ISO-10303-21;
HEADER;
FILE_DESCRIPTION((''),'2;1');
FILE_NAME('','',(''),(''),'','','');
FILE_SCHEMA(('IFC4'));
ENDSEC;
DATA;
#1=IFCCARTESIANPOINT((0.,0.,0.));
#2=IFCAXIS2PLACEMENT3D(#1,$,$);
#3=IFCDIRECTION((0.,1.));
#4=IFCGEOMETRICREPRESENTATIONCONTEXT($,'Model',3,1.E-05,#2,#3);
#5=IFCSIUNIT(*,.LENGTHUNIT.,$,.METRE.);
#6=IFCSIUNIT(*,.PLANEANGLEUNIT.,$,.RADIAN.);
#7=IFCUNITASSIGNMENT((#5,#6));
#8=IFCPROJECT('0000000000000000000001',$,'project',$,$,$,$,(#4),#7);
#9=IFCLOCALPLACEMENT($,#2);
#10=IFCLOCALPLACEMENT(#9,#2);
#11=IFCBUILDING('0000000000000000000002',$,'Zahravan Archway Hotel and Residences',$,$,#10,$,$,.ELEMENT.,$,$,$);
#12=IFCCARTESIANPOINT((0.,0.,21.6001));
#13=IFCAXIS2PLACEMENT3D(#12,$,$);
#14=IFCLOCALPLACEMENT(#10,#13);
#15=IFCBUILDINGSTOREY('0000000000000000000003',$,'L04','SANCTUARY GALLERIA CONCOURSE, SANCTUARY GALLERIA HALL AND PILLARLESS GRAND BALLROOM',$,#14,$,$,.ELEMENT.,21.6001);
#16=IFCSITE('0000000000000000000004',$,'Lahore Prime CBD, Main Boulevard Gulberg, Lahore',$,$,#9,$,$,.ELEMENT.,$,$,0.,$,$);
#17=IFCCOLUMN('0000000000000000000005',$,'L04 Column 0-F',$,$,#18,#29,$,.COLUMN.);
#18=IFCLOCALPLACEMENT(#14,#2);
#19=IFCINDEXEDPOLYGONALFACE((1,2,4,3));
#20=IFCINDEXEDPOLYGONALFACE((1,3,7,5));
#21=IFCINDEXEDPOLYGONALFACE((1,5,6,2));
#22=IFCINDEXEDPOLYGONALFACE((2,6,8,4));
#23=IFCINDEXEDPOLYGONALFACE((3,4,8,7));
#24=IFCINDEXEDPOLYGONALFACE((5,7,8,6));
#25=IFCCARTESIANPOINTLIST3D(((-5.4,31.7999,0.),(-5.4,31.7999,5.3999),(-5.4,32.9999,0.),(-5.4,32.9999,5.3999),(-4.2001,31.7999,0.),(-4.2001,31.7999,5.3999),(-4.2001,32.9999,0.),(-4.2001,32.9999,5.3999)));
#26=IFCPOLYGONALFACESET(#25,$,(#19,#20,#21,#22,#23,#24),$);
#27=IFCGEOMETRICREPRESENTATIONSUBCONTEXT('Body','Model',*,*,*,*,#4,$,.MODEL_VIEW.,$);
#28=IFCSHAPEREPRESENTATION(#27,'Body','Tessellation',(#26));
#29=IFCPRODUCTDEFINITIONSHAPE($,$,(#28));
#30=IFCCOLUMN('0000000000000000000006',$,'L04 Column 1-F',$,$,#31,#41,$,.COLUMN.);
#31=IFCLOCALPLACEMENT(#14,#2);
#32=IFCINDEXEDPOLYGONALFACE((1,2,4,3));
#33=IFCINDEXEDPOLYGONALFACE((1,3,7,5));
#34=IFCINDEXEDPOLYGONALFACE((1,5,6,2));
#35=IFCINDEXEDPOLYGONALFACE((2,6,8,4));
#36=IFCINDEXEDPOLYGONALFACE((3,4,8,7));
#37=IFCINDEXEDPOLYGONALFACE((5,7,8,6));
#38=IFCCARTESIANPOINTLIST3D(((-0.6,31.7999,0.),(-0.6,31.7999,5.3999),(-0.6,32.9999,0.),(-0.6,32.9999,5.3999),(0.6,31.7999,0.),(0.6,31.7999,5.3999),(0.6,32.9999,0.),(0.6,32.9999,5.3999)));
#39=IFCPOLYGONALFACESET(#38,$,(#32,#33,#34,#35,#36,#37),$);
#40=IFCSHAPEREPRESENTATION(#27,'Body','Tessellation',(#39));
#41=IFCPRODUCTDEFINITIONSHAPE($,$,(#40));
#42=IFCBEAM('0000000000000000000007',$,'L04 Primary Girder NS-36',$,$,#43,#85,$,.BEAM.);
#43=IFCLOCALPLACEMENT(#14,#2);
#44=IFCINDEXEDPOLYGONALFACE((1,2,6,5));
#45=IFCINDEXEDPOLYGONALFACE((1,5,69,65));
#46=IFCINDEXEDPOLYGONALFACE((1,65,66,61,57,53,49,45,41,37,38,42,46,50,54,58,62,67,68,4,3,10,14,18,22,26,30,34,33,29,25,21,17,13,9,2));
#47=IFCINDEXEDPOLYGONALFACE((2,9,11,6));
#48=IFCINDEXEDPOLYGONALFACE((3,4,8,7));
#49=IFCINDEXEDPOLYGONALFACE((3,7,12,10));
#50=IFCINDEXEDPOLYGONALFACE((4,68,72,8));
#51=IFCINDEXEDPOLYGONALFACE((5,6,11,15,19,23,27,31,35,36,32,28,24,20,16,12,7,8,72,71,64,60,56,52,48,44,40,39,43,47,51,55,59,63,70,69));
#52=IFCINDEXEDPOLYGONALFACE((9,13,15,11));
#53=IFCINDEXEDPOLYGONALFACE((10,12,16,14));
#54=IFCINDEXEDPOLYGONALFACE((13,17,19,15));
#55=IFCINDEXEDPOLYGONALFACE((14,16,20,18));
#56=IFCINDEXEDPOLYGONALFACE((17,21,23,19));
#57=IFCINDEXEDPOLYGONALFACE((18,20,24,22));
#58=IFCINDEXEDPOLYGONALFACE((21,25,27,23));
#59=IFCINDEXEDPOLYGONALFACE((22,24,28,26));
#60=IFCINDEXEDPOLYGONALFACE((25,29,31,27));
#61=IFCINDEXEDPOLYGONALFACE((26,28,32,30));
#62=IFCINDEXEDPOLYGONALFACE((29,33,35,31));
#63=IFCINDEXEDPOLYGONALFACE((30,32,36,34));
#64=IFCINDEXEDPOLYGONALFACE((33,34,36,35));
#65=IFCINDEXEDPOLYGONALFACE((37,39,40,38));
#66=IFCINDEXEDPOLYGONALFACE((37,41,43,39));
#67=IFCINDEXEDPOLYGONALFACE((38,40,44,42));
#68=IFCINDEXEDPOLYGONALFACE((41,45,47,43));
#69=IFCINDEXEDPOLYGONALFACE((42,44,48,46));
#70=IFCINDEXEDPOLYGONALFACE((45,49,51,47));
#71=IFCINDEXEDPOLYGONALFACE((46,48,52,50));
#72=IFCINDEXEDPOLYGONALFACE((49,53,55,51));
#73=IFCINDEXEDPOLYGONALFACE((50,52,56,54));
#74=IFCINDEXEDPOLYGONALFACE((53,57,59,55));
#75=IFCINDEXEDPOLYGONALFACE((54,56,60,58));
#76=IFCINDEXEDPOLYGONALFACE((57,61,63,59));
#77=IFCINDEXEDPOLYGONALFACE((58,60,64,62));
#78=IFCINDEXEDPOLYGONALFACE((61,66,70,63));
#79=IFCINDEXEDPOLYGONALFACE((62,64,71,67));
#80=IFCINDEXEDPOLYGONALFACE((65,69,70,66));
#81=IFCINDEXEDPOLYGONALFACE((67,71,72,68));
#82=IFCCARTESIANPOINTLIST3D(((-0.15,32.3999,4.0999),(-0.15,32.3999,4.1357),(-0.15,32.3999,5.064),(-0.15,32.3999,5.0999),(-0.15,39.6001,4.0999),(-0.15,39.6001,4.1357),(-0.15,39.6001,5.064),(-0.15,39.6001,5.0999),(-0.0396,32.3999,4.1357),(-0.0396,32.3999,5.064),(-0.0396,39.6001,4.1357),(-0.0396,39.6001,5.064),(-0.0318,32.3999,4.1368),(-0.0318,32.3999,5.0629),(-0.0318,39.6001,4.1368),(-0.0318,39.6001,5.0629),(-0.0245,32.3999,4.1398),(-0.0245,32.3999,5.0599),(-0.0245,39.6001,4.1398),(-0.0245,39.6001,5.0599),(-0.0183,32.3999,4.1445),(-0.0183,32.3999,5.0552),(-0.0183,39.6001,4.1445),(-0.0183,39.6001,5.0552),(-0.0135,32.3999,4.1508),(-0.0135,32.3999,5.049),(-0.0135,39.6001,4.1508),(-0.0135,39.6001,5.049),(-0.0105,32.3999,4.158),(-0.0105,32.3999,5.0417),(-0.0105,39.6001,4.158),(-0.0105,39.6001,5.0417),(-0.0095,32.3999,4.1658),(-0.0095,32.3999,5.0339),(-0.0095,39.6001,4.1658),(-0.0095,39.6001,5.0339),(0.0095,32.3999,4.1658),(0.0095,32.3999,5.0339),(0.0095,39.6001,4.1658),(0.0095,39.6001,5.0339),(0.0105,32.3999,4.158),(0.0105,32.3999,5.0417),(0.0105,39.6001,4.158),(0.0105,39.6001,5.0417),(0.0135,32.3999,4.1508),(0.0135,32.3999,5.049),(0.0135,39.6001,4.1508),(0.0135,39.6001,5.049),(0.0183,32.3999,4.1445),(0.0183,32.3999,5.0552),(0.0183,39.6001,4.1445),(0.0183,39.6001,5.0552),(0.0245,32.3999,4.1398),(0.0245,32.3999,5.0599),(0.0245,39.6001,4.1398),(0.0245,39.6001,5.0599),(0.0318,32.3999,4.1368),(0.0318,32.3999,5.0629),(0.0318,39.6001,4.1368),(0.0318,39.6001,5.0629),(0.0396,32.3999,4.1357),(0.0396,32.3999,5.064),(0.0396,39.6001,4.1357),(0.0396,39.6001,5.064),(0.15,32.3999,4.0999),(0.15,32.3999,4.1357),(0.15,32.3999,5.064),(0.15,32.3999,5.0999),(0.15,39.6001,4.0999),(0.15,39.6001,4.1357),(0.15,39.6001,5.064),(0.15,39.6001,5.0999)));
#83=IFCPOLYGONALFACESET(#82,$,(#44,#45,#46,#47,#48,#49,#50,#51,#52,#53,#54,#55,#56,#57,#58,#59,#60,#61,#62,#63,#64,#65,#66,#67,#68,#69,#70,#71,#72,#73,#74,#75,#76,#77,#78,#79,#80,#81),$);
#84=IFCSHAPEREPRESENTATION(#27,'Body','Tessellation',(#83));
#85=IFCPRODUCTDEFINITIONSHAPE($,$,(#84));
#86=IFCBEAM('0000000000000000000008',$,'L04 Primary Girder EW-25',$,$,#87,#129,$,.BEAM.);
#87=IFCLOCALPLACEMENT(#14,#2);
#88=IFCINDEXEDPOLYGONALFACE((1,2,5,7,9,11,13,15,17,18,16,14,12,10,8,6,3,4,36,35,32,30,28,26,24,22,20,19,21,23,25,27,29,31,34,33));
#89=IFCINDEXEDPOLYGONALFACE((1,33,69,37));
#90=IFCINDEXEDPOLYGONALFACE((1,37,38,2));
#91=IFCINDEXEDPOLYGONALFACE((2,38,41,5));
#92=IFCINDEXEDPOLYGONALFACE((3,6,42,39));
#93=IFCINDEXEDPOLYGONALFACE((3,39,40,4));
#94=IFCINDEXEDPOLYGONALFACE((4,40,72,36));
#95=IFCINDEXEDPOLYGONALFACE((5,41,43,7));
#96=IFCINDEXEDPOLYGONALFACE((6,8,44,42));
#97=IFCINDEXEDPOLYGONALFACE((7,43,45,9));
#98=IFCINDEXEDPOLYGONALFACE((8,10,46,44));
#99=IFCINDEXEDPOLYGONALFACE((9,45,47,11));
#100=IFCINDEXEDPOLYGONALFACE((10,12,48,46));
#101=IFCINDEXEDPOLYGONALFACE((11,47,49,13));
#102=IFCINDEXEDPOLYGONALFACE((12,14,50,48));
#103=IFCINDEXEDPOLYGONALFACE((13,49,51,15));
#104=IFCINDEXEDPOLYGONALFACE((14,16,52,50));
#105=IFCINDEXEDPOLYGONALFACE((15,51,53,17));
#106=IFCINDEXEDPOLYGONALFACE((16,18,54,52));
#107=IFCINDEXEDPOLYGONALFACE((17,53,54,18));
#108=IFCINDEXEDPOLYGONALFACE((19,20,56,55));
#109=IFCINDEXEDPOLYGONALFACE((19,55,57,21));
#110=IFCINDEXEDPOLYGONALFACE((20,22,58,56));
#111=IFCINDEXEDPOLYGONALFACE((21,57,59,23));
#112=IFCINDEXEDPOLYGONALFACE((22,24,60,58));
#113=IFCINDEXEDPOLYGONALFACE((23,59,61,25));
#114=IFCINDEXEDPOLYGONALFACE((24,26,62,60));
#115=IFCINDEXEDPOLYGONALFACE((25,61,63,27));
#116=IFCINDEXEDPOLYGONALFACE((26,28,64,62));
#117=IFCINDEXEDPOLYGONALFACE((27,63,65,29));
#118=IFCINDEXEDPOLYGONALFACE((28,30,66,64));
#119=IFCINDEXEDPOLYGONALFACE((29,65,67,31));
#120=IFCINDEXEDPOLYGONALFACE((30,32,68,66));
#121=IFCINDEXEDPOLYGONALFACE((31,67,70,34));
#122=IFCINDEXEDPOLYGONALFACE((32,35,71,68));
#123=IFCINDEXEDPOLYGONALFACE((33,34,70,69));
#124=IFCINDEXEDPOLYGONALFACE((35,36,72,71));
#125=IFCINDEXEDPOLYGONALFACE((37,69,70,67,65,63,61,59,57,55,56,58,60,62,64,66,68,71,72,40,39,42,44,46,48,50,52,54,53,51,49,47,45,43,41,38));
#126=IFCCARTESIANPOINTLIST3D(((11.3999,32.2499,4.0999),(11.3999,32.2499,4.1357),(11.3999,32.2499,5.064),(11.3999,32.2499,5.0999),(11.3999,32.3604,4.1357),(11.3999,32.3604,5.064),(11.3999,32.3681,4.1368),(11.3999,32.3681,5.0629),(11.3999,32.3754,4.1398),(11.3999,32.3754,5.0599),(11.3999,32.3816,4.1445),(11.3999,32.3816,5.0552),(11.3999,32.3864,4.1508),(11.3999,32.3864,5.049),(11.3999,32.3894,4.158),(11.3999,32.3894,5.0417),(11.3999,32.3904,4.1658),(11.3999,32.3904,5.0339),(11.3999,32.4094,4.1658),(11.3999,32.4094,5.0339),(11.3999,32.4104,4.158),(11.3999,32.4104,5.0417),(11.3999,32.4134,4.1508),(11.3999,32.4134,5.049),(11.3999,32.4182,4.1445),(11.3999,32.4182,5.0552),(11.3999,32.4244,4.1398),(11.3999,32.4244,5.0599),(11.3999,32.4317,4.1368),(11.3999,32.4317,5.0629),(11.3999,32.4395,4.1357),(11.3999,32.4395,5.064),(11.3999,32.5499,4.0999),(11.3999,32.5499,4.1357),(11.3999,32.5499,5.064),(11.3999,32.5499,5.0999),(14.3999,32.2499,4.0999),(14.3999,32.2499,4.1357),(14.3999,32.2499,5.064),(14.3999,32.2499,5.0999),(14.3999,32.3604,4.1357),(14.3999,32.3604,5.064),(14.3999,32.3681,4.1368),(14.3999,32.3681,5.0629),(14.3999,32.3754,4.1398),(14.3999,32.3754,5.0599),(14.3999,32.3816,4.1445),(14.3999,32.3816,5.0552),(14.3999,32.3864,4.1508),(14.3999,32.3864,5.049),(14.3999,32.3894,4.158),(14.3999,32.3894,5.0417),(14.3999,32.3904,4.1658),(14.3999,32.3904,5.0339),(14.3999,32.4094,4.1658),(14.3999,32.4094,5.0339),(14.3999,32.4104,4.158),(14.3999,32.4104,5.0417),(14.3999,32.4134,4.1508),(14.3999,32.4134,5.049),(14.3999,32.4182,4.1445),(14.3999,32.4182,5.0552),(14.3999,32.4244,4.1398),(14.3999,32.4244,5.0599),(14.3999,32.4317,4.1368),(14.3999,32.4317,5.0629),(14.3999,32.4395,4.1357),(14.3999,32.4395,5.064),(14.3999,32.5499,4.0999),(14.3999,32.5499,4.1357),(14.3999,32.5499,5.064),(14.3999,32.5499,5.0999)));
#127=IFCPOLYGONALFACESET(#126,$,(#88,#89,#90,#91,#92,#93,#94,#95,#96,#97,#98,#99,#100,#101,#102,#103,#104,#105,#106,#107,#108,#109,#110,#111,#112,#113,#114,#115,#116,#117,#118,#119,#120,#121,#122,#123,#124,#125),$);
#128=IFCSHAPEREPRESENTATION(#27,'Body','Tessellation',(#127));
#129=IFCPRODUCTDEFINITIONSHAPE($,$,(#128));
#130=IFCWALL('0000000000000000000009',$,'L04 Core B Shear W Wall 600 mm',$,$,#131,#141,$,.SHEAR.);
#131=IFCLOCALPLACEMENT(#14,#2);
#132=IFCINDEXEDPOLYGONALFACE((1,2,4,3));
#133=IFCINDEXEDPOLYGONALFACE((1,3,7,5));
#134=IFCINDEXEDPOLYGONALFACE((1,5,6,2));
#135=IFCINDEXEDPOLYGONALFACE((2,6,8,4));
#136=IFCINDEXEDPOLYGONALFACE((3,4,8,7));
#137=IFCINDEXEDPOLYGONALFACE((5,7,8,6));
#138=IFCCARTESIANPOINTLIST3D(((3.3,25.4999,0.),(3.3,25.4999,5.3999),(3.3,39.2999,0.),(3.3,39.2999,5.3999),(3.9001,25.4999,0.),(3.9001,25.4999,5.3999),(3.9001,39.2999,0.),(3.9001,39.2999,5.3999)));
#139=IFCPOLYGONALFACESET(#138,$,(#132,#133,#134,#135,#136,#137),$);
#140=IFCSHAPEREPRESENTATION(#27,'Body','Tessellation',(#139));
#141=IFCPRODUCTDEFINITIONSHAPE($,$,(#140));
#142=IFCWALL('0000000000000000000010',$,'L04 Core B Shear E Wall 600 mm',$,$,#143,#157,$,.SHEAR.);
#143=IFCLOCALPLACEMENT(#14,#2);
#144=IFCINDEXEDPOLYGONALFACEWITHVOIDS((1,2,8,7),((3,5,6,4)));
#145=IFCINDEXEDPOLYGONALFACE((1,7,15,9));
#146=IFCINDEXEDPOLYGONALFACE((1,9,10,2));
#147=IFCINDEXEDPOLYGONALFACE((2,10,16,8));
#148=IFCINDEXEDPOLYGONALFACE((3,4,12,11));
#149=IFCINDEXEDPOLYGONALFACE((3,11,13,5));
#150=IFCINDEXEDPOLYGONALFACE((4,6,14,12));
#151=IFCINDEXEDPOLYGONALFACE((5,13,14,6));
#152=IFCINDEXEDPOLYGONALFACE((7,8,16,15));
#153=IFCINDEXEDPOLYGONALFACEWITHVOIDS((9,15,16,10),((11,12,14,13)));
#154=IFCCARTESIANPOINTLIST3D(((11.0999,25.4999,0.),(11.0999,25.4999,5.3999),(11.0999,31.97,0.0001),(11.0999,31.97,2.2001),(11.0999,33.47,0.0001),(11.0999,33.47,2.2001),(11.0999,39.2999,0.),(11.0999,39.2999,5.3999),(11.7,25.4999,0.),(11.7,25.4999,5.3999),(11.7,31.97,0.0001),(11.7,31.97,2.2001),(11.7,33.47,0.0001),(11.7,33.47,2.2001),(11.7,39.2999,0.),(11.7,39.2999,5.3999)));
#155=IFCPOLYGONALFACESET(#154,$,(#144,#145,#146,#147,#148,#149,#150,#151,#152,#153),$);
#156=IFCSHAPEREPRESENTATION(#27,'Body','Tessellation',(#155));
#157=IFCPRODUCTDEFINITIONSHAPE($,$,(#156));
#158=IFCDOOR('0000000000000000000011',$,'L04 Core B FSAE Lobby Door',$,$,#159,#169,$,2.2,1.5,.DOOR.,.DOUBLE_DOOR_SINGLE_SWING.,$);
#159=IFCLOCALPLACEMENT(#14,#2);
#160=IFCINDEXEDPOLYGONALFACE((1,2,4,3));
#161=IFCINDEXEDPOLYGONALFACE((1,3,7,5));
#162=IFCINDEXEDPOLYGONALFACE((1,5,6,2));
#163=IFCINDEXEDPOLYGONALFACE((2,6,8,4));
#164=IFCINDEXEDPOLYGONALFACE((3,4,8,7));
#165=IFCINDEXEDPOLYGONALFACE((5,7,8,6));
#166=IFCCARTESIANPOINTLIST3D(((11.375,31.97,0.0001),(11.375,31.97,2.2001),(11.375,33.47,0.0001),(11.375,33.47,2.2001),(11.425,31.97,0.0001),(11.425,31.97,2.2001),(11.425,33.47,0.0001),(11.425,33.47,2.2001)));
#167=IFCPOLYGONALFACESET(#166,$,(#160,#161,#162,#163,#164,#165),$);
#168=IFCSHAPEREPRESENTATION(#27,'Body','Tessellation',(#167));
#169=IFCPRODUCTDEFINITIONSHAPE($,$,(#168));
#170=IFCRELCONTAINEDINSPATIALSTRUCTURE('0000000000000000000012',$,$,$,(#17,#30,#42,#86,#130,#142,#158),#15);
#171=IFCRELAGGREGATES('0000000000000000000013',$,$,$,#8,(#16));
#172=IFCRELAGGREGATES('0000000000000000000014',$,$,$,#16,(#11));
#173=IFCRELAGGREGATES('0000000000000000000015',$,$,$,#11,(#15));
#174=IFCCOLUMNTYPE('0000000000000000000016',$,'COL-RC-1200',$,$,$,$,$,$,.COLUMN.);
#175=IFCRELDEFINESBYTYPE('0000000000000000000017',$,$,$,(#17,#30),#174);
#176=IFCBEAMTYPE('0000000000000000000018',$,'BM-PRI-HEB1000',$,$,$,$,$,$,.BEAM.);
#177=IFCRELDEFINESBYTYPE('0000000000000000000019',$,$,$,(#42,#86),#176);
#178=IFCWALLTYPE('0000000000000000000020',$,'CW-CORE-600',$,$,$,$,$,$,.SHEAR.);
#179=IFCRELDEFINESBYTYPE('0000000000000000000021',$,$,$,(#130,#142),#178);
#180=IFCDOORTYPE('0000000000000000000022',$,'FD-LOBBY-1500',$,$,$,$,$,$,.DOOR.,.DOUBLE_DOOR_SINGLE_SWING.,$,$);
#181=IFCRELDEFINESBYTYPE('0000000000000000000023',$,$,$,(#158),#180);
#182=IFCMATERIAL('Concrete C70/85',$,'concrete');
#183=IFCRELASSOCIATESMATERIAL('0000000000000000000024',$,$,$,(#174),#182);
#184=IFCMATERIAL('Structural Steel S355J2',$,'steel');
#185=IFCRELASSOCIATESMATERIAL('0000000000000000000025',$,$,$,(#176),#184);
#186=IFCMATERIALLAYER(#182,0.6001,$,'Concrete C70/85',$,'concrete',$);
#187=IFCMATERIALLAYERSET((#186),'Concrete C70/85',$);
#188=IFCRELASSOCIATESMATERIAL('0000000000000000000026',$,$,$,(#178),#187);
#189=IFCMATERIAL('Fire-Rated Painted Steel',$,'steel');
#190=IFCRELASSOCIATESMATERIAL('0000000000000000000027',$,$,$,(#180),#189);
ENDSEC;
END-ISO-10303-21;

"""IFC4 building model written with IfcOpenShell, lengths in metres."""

from ifc_helpers import new_model, si_unit, direction, frame, frame_2d, origin, origin_2d, place, context, subcontext, project, spatial, rectangle, i_section, extrude, source, transform, mapped, material, layer, layer_set, material_profile, profile_set, type_object, type_shapes, element, fill, save


model = new_model("IFC4")

# Units and contexts
model_context = context("Model", 3, precision=1e-05, world=origin(), true_north=direction((0.0, 1.0)))
body_context = subcontext(model_context, "Body", "Model", "MODEL_VIEW")
ifc_project = project(units=[si_unit("LENGTHUNIT", "METRE"), si_unit("PLANEANGLEUNIT", "RADIAN")], contexts=[model_context])

# Site, building, storey
site_placement = place(None, origin())
site = spatial("IfcSite", under=ifc_project, at=site_placement, Name="Lahore Prime CBD, Main Boulevard Gulberg, Lahore", CompositionType="ELEMENT", RefElevation=0.0)
building_placement = place(site_placement, origin())
building = spatial("IfcBuilding", under=site, at=building_placement, Name="Zahravan Archway Hotel and Residences", CompositionType="ELEMENT")
storey_placement = place(building_placement, frame((0.0, 0.0, 21.6001)))
storey = spatial("IfcBuildingStorey", under=building, at=storey_placement, Name="L04", Description="SANCTUARY GALLERIA CONCOURSE, SANCTUARY GALLERIA HALL AND PILLARLESS GRAND BALLROOM", CompositionType="ELEMENT", Elevation=21.6001)

# Columns
ifc_material_1 = material(Name="Concrete C70/85", Category="concrete")
ifc_material_profile_1 = material_profile(ifc_material_1, rectangle(XDim=1.2, YDim=1.2, at=origin_2d()), Name="RC-COL-1200x1200", Category="concrete")
ifc_profile_set_1 = profile_set([ifc_material_profile_1], Name="Concrete C70/85")
column_type = type_object("IfcColumnType", Name="COL-RC-1200", PredefinedType="COLUMN", material=ifc_profile_set_1)
shared_shape_1 = source(origin(), body_context, "Body", "SweptSolid", [
    extrude(rectangle(XDim=1.2, YDim=1.2, at=origin_2d()), origin(), (0.0, 0.0, 1.0), 5.3999),
])
for number, where, z_axis, x_axis, name in (
    (1, (-4.8, 32.3999, 0.0), (0.0, 0.0, 1.0), (1.0, 0.0, 0.0), "L04 Column 0-F"),
    (2, (0.0, 32.3999, 0.0), (0.0, 0.0, 1.0), (1.0, 0.0, 0.0), "L04 Column 1-F"),
):
    element("IfcColumn", number, at=place(storey_placement, frame(where, z_axis=z_axis, x_axis=x_axis)), inside=storey, type_object=column_type, Name=name, PredefinedType="COLUMN", context=body_context, shape_type="MappedRepresentation", body=[
        mapped(shared_shape_1, transform((0.0, 0.0, 0.0), scale=1.0)),
    ])

# Beams
ifc_material_2 = material(Name="Structural Steel S355J2", Category="steel")
ifc_material_profile_2 = material_profile(ifc_material_2, i_section(OverallWidth=0.3, OverallDepth=1.0, WebThickness=0.019, FlangeThickness=0.0359, FilletRadius=0.03, at=origin_2d()), Name="HEB 1000", Category="steel")
ifc_profile_set_2 = profile_set([ifc_material_profile_2], Name="Structural Steel S355J2")
beam_type = type_object("IfcBeamType", Name="BM-PRI-HEB1000", PredefinedType="BEAM", material=ifc_profile_set_2)
shared_shape_2 = source(origin(), body_context, "Body", "SweptSolid", [
    extrude(i_section(OverallWidth=0.3, OverallDepth=1.0, WebThickness=0.019, FlangeThickness=0.0359, FilletRadius=0.03, at=origin_2d()), origin(), (0.0, 0.0, 1.0), 7.2002),
])
beam_1_placement = place(storey_placement, frame((0.0, 32.3999, 4.5999), z_axis=(0.0, 1.0, 0.0), x_axis=(-1.0, 0.0, 0.0)))
element("IfcBeam", 3, at=beam_1_placement, inside=storey, type_object=beam_type, Name="L04 Primary Girder NS-36", PredefinedType="BEAM", context=body_context, shape_type="MappedRepresentation", body=[
    mapped(shared_shape_2, transform((0.0, 0.0, 0.0), scale=1.0)),
])
shared_shape_3 = source(origin(), body_context, "Body", "SweptSolid", [
    extrude(i_section(OverallWidth=0.3, OverallDepth=1.0, WebThickness=0.019, FlangeThickness=0.0359, FilletRadius=0.03, at=origin_2d()), origin(), (0.0, 0.0, 1.0), 3.0),
])
beam_2_placement = place(storey_placement, frame((11.3999, 32.3999, 4.5999), z_axis=(1.0, 0.0, 0.0), x_axis=(0.0, 1.0, 0.0)))
element("IfcBeam", 4, at=beam_2_placement, inside=storey, type_object=beam_type, Name="L04 Primary Girder EW-25", PredefinedType="BEAM", context=body_context, shape_type="MappedRepresentation", body=[
    mapped(shared_shape_3, transform((0.0, 0.0, 0.0), scale=1.0)),
])

# Wall
ifc_layer_1 = layer(ifc_material_1, 0.6001, Name="Concrete C70/85", Category="concrete")
ifc_layer_set_1 = layer_set([ifc_layer_1], Name="Concrete C70/85")
wall_type_1 = type_object("IfcWallType", Name="CW-CORE-600", PredefinedType="SHEAR", material=ifc_layer_set_1)
wall_1_placement = place(storey_placement, frame((3.6001, 25.5, 0.0), z_axis=(0.0, 0.0, 1.0), x_axis=(0.0, 1.0, 0.0)))
element("IfcWall", 5, at=wall_1_placement, inside=storey, type_object=wall_type_1, Name="L04 Core B Shear W Wall 600 mm", PredefinedType="SHEAR", context=body_context, shape_type="SweptSolid", body=[
    extrude(rectangle(XDim=13.8, YDim=0.6001, at=frame_2d((6.8999, 0.0))), origin(), (0.0, 0.0, 1.0), 5.3999),
])

# Wall, opening, door
wall_2_placement = place(storey_placement, frame((11.3999, 25.5, 0.0), z_axis=(0.0, 0.0, 1.0), x_axis=(0.0, 1.0, 0.0)))
wall_2 = element("IfcWall", 6, at=wall_2_placement, inside=storey, type_object=wall_type_1, Name="L04 Core B Shear E Wall 600 mm", PredefinedType="SHEAR", context=body_context, shape_type="SweptSolid", body=[
    extrude(rectangle(XDim=13.8, YDim=0.6001, at=frame_2d((6.8999, 0.0))), origin(), (0.0, 0.0, 1.0), 5.3999),
])
opening_1_placement = place(wall_2_placement, frame((6.47, 0.0, 0.0)))
opening_1 = element("IfcOpeningElement", 7, at=opening_1_placement, cuts=wall_2, PredefinedType="OPENING", context=body_context, shape_type="SweptSolid", body=[
    extrude(rectangle(XDim=1.5, YDim=2.2, at=frame_2d((0.75, 1.1001))), frame((0.0, 0.3101, 0.0), z_axis=(0.0, -1.0, 0.0), x_axis=(1.0, 0.0, 0.0)), (0.0, 0.0, 1.0), 0.6201),
])
ifc_material_3 = material(Name="Fire-Rated Painted Steel", Category="steel")
door_type_1 = type_object("IfcDoorType", Name="FD-LOBBY-1500", OperationType="DOUBLE_DOOR_SINGLE_SWING", PredefinedType="DOOR", material=ifc_material_3)
shared_shape_4 = source(origin(), body_context, "Body", "SweptSolid", [
    extrude(rectangle(XDim=1.5, YDim=2.2, at=frame_2d((0.75, 1.1001))), frame((0.0, 0.0249, 0.0), z_axis=(0.0, -1.0, 0.0), x_axis=(1.0, 0.0, 0.0)), (0.0, 0.0, 1.0), 0.05),
])
type_shapes(door_type_1, [shared_shape_4])
door_1_placement = place(opening_1_placement, origin())
door_1 = element("IfcDoor", 8, at=door_1_placement, inside=storey, type_object=door_type_1, Name="L04 Core B FSAE Lobby Door", OperationType="DOUBLE_DOOR_SINGLE_SWING", OverallHeight=2.2, OverallWidth=1.5, PredefinedType="DOOR", context=body_context, shape_type="MappedRepresentation", body=[
    mapped(shared_shape_4, transform((0.0, 0.0, 0.0), scale=1.0)),
])
fill(opening_1, door_1)

save(model, "model.ifc")
